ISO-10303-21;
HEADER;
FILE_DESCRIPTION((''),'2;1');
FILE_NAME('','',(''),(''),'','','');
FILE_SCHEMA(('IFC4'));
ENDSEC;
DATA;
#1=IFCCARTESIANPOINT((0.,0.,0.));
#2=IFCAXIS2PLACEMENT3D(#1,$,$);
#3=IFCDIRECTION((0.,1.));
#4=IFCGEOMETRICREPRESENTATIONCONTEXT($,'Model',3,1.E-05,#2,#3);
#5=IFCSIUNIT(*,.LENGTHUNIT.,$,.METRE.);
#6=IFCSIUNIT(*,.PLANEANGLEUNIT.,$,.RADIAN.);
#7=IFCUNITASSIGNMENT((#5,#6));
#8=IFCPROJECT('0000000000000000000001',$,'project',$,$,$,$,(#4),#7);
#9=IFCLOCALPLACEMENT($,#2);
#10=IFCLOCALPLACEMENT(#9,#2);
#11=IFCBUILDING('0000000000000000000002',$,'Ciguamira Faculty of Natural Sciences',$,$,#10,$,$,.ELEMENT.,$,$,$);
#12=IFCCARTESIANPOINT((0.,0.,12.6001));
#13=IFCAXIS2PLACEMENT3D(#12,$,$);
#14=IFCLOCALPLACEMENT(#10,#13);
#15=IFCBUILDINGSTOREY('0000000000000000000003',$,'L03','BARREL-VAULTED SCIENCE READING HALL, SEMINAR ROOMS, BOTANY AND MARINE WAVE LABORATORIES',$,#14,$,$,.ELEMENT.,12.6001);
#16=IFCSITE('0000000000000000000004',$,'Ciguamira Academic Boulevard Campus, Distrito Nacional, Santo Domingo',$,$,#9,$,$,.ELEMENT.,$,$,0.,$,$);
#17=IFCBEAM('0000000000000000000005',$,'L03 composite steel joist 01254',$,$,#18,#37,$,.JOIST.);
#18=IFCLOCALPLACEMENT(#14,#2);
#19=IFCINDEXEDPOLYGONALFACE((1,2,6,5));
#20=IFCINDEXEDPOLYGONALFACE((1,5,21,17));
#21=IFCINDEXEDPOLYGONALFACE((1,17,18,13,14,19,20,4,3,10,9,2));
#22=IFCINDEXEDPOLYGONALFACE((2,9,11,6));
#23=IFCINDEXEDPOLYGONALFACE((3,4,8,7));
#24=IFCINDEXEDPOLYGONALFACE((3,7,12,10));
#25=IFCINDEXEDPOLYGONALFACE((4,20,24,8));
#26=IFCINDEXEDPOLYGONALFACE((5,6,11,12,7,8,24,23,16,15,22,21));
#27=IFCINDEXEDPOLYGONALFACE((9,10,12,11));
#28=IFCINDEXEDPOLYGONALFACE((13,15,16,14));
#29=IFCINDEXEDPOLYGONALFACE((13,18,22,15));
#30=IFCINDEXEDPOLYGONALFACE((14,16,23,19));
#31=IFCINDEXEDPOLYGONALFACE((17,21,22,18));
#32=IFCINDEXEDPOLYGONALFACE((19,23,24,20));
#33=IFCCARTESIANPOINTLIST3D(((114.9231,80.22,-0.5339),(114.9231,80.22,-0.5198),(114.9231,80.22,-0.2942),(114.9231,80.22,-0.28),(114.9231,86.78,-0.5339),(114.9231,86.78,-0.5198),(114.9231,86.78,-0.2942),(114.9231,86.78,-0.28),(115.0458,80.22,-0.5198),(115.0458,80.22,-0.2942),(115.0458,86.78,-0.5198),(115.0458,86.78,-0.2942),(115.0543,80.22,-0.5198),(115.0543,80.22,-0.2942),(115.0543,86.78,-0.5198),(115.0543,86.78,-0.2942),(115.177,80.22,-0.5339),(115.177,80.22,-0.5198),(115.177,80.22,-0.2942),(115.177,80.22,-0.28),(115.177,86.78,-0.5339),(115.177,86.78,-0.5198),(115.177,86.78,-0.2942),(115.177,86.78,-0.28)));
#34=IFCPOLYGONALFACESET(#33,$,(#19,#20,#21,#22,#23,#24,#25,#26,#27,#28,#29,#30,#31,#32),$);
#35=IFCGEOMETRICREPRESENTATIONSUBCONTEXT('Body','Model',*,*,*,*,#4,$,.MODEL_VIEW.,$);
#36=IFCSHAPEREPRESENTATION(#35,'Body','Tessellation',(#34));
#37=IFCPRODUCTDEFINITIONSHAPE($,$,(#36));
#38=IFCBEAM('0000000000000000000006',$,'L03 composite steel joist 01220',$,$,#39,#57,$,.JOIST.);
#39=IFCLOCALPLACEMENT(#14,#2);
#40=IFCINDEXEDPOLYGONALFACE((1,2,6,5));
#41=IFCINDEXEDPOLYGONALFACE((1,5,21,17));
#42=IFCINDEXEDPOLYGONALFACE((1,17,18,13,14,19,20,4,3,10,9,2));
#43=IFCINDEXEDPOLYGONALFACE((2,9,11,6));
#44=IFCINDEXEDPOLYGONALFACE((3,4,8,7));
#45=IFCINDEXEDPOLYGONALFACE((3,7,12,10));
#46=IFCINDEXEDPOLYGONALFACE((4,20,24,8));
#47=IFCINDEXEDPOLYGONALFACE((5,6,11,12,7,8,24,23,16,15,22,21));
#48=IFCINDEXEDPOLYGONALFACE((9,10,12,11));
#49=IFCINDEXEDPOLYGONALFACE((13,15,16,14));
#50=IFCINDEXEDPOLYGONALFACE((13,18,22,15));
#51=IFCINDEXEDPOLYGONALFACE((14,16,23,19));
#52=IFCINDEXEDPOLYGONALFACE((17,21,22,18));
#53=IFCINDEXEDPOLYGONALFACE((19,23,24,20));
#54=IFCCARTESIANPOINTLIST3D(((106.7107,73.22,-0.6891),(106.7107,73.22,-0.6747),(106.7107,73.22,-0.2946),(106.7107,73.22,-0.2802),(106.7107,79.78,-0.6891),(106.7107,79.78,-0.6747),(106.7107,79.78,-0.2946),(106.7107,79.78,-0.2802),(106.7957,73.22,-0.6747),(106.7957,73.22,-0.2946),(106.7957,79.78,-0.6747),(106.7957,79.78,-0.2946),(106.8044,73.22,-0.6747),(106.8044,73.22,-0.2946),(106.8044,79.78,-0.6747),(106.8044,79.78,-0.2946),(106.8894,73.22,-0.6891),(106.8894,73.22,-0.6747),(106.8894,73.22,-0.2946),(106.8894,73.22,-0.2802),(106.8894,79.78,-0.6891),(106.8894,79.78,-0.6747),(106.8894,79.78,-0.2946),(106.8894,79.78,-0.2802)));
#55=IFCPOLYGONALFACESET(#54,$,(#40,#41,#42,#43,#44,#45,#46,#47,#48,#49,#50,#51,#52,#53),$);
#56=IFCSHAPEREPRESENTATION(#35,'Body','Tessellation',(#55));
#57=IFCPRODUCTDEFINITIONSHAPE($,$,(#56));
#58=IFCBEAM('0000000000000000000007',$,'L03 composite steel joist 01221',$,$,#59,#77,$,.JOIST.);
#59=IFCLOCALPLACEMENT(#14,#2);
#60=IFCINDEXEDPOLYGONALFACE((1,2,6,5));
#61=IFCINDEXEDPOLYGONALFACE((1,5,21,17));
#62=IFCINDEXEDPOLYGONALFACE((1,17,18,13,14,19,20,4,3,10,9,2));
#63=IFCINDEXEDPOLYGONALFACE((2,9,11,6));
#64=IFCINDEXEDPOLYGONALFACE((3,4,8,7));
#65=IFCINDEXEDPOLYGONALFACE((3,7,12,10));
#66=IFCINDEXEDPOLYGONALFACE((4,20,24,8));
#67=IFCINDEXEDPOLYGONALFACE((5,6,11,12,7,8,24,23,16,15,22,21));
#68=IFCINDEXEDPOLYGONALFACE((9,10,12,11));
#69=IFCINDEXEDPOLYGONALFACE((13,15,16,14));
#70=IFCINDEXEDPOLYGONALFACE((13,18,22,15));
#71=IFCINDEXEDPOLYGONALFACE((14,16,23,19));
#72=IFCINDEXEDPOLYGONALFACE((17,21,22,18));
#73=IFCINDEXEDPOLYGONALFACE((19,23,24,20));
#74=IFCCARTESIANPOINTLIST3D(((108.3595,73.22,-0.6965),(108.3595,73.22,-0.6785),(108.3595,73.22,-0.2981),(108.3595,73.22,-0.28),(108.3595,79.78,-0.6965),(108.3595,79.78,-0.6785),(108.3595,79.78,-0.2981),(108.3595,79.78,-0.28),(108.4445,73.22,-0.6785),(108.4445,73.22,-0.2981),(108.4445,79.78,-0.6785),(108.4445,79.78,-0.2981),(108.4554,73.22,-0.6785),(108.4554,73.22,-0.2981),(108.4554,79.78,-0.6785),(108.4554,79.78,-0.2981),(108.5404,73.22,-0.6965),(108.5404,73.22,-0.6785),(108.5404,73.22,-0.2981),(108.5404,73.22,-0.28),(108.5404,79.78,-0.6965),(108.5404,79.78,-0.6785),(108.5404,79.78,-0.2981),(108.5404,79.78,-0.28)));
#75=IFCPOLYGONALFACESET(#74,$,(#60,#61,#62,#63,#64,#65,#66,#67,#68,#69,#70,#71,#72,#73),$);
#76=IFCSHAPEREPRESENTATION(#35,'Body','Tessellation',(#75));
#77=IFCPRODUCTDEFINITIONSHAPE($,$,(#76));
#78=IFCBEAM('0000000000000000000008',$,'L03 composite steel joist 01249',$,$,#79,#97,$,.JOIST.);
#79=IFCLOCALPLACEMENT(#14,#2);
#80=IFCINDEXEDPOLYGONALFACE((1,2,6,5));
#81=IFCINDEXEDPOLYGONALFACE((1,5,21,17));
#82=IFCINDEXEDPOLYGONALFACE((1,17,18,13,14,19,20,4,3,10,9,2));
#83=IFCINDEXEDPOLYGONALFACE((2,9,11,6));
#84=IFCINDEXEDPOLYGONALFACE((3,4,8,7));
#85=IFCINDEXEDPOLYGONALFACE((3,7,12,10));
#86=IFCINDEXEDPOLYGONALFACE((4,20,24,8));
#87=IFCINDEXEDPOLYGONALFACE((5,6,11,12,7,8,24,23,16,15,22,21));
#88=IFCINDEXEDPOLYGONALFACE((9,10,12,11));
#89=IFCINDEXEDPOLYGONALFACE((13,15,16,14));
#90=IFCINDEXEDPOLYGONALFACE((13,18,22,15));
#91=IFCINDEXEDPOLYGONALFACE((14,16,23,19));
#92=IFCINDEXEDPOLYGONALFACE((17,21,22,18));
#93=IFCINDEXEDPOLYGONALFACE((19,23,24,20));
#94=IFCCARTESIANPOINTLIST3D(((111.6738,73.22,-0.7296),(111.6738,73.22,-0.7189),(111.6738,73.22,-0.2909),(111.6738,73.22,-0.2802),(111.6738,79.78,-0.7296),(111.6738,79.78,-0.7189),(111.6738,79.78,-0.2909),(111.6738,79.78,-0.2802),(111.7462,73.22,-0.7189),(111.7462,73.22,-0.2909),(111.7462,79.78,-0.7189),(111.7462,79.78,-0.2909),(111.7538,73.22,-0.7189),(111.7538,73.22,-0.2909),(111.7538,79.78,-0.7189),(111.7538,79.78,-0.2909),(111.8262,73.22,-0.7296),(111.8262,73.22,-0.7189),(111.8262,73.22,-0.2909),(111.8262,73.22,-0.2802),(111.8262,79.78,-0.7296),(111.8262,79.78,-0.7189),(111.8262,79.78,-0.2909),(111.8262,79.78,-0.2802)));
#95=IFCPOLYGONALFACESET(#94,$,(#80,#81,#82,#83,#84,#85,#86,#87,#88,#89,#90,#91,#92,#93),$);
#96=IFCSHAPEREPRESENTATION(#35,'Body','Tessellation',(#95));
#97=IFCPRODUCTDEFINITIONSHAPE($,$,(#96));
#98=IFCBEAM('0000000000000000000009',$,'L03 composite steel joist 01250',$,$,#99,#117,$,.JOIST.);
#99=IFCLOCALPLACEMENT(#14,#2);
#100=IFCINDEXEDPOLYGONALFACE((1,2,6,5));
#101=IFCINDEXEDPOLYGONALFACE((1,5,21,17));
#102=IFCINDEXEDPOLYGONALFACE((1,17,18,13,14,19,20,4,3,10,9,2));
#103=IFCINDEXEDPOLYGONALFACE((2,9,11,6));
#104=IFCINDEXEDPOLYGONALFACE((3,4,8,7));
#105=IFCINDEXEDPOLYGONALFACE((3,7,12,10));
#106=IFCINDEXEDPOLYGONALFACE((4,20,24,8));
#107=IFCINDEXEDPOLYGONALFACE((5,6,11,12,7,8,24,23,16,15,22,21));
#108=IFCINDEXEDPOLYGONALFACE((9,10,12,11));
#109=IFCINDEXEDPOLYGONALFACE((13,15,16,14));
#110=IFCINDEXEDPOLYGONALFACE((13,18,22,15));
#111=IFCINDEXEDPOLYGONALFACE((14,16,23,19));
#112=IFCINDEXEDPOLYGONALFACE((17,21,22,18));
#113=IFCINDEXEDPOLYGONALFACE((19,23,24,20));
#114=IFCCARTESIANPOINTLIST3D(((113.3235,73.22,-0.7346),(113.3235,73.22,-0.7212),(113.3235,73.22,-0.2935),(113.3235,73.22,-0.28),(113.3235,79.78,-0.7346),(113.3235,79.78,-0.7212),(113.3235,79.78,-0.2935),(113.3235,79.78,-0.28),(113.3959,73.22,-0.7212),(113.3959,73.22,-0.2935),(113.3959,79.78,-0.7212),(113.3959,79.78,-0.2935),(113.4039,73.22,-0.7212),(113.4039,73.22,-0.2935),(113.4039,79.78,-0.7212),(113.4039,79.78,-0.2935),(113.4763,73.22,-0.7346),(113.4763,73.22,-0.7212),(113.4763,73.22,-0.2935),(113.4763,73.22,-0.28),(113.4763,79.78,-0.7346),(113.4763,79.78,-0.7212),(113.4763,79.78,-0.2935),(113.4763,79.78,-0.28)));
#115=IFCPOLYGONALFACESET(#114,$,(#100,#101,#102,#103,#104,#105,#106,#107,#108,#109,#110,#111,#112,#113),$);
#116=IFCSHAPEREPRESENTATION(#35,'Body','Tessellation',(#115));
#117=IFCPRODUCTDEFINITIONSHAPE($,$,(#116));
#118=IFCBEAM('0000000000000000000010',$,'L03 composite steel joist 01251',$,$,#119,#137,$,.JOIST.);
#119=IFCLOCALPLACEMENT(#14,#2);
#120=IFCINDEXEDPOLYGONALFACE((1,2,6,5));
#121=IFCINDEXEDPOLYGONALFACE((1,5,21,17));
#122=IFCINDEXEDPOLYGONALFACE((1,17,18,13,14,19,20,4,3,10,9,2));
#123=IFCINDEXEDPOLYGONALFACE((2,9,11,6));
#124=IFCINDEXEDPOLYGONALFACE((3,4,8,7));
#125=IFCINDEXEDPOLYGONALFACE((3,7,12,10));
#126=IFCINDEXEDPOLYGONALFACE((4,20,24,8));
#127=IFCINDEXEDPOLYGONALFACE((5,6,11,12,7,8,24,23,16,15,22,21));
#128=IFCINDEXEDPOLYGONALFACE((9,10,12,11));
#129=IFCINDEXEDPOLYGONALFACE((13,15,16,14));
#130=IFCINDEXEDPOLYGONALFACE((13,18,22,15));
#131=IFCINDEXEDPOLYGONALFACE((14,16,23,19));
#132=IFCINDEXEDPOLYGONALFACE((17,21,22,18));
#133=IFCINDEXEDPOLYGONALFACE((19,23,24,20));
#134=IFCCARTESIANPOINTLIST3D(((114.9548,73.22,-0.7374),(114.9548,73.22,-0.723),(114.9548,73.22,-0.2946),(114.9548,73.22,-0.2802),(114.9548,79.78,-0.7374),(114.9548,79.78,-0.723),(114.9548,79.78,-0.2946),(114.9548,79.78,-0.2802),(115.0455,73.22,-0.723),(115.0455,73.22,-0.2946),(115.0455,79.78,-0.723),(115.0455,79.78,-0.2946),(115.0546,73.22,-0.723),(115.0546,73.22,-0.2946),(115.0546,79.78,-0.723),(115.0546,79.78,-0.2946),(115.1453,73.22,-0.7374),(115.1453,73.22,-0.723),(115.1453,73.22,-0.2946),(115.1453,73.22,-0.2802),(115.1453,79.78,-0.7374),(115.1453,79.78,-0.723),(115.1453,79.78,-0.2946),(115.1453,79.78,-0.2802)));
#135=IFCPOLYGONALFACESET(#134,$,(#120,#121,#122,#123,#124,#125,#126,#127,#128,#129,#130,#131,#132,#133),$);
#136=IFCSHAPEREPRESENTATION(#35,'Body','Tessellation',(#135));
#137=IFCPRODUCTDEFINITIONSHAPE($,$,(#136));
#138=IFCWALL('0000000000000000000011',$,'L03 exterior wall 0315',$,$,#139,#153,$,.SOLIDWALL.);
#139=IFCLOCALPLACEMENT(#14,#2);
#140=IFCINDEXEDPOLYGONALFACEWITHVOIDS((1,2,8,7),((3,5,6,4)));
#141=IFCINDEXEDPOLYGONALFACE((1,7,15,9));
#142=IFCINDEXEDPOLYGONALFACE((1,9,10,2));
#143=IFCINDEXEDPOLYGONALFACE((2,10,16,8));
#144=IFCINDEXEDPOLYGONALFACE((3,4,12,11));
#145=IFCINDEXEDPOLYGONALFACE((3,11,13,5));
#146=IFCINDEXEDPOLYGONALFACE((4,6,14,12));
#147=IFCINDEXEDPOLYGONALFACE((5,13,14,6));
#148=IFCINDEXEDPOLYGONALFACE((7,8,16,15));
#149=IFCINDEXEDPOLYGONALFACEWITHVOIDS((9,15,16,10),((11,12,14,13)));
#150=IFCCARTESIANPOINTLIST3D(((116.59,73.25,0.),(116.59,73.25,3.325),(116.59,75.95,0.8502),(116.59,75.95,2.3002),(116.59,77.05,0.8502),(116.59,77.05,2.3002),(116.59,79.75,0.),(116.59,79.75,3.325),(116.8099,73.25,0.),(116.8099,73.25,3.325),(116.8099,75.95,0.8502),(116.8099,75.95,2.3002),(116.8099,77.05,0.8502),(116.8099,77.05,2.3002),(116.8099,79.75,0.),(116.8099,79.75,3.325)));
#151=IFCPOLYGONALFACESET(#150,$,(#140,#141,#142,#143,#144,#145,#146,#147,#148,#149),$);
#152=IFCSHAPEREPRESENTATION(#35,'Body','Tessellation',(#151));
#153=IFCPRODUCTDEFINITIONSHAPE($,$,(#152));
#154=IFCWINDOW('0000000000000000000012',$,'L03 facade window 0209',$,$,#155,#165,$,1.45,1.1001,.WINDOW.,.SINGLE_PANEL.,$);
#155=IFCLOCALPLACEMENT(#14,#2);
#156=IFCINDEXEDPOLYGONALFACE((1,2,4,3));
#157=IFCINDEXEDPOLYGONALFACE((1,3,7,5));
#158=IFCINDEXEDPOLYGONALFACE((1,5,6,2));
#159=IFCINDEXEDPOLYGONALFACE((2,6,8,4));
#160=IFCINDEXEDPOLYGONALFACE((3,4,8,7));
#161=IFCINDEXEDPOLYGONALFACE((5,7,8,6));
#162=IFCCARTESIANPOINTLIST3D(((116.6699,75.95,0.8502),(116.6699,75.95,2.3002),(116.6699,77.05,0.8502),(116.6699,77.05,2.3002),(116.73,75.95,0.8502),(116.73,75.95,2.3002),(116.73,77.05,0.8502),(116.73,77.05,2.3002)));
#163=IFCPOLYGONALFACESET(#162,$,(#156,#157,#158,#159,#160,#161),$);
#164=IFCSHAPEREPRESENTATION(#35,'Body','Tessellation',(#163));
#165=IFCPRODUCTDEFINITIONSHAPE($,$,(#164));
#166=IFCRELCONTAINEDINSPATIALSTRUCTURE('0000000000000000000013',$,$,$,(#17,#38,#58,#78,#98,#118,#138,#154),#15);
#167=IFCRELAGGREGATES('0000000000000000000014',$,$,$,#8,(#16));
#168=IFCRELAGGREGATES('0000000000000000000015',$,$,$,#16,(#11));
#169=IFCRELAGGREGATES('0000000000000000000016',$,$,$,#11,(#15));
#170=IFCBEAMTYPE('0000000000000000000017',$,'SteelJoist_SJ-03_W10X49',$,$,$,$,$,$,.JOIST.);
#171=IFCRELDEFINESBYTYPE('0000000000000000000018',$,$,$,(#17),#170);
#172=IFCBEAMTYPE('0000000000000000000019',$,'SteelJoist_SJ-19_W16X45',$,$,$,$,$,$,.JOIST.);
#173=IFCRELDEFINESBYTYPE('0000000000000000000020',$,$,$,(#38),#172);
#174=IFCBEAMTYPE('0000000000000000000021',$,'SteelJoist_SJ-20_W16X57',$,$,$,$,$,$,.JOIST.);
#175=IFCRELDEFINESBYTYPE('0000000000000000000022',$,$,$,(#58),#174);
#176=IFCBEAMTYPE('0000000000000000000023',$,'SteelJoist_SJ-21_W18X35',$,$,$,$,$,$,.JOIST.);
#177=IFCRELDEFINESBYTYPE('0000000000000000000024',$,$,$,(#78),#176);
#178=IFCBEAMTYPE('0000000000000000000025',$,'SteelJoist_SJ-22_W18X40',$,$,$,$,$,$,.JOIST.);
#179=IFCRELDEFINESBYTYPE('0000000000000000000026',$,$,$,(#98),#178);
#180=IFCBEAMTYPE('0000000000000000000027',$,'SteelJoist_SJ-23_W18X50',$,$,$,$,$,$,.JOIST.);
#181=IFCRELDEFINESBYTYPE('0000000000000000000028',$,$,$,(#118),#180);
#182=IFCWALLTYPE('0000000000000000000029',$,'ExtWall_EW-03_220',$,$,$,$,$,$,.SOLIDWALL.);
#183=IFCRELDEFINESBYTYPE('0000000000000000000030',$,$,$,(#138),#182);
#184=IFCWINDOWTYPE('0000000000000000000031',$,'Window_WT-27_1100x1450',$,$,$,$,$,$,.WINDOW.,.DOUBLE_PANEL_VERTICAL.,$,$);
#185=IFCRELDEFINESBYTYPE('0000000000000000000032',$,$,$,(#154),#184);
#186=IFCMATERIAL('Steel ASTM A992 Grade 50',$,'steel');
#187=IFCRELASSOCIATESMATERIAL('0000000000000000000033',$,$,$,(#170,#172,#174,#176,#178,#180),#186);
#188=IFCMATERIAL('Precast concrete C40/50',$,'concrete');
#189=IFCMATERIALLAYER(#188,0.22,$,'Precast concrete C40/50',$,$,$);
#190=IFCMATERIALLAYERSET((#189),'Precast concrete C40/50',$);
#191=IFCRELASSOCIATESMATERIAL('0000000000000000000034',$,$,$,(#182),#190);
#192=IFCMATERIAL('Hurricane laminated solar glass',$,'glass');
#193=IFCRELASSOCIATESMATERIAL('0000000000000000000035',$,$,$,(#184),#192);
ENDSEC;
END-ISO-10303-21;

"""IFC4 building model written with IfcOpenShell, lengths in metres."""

from ifc_helpers import new_model, si_unit, direction, frame, frame_2d, origin, origin_2d, place, context, subcontext, project, spatial, rectangle, i_section, extrude, material, layer, layer_set, material_profile, profile_set, type_object, element, fill, save


model = new_model("IFC4")

# Units and contexts
model_context = context("Model", 3, precision=1e-05, world=origin(), true_north=direction((0.0, 1.0)))
body_context = subcontext(model_context, "Body", "Model", "MODEL_VIEW")
ifc_project = project(units=[si_unit("LENGTHUNIT", "METRE"), si_unit("PLANEANGLEUNIT", "RADIAN")], contexts=[model_context])

# Site, building, storey
site_placement = place(None, origin())
site = spatial("IfcSite", under=ifc_project, at=site_placement, Name="Ciguamira Academic Boulevard Campus, Distrito Nacional, Santo Domingo", CompositionType="ELEMENT", RefElevation=0.0)
building_placement = place(site_placement, origin())
building = spatial("IfcBuilding", under=site, at=building_placement, Name="Ciguamira Faculty of Natural Sciences", CompositionType="ELEMENT")
storey_placement = place(building_placement, frame((0.0, 0.0, 12.6001)))
storey = spatial("IfcBuildingStorey", under=building, at=storey_placement, Name="L03", Description="BARREL-VAULTED SCIENCE READING HALL, SEMINAR ROOMS, BOTANY AND MARINE WAVE LABORATORIES", CompositionType="ELEMENT", Elevation=12.6001)

# Beams
ifc_material_1 = material(Name="Precast concrete C40/50", Category="concrete")
ifc_material_2 = material(Name="Steel ASTM A992 Grade 50", Category="steel")
ifc_material_profile_1 = material_profile(ifc_material_2, i_section(OverallWidth=0.2539, OverallDepth=0.2539, WebThickness=0.0085, FlangeThickness=0.0142, at=origin_2d()), Name="W10X49")
ifc_profile_set_1 = profile_set([ifc_material_profile_1], Name="Steel ASTM A992 Grade 50")
beam_type_1 = type_object("IfcBeamType", Name="SteelJoist_SJ-03_W10X49", PredefinedType="JOIST", material=ifc_profile_set_1)
beam_1_placement = place(storey_placement, frame((115.05, 80.22, -0.407), z_axis=(0.0, 1.0, 0.0), x_axis=(-1.0, 0.0, 0.0)))
element("IfcBeam", 1, at=beam_1_placement, inside=storey, type_object=beam_type_1, Name="L03 composite steel joist 01254", PredefinedType="JOIST", context=body_context, shape_type="SweptSolid", body=[
    extrude(i_section(OverallWidth=0.2539, OverallDepth=0.2539, WebThickness=0.0085, FlangeThickness=0.0142, at=origin_2d()), origin(), (0.0, 0.0, 1.0), 6.5601),
])
ifc_material_profile_2 = material_profile(ifc_material_2, i_section(OverallWidth=0.1787, OverallDepth=0.4089, WebThickness=0.0088, FlangeThickness=0.0144, at=origin_2d()), Name="W16X45")
ifc_profile_set_2 = profile_set([ifc_material_profile_2], Name="Steel ASTM A992 Grade 50")
beam_type_2 = type_object("IfcBeamType", Name="SteelJoist_SJ-19_W16X45", PredefinedType="JOIST", material=ifc_profile_set_2)
beam_2_placement = place(storey_placement, frame((106.8, 73.22, -0.4846), z_axis=(0.0, 1.0, 0.0), x_axis=(-1.0, 0.0, 0.0)))
element("IfcBeam", 2, at=beam_2_placement, inside=storey, type_object=beam_type_2, Name="L03 composite steel joist 01220", PredefinedType="JOIST", context=body_context, shape_type="SweptSolid", body=[
    extrude(i_section(OverallWidth=0.1787, OverallDepth=0.4089, WebThickness=0.0088, FlangeThickness=0.0144, at=origin_2d()), origin(), (0.0, 0.0, 1.0), 6.5601),
])
ifc_material_profile_3 = material_profile(ifc_material_2, i_section(OverallWidth=0.1809, OverallDepth=0.4165, WebThickness=0.011, FlangeThickness=0.0181, at=origin_2d()), Name="W16X57")
ifc_profile_set_3 = profile_set([ifc_material_profile_3], Name="Steel ASTM A992 Grade 50")
beam_type_3 = type_object("IfcBeamType", Name="SteelJoist_SJ-20_W16X57", PredefinedType="JOIST", material=ifc_profile_set_3)
beam_3_placement = place(storey_placement, frame((108.45, 73.22, -0.4883), z_axis=(0.0, 1.0, 0.0), x_axis=(-1.0, 0.0, 0.0)))
element("IfcBeam", 3, at=beam_3_placement, inside=storey, type_object=beam_type_3, Name="L03 composite steel joist 01221", PredefinedType="JOIST", context=body_context, shape_type="SweptSolid", body=[
    extrude(i_section(OverallWidth=0.1809, OverallDepth=0.4165, WebThickness=0.011, FlangeThickness=0.0181, at=origin_2d()), origin(), (0.0, 0.0, 1.0), 6.5601),
])
ifc_material_profile_4 = material_profile(ifc_material_2, i_section(OverallWidth=0.1523, OverallDepth=0.4495, WebThickness=0.0076, FlangeThickness=0.0107, at=origin_2d()), Name="W18X35")
ifc_profile_set_4 = profile_set([ifc_material_profile_4], Name="Steel ASTM A992 Grade 50")
beam_type_4 = type_object("IfcBeamType", Name="SteelJoist_SJ-21_W18X35", PredefinedType="JOIST", material=ifc_profile_set_4)
beam_4_placement = place(storey_placement, frame((111.75, 73.22, -0.5049), z_axis=(0.0, 1.0, 0.0), x_axis=(-1.0, 0.0, 0.0)))
element("IfcBeam", 4, at=beam_4_placement, inside=storey, type_object=beam_type_4, Name="L03 composite steel joist 01249", PredefinedType="JOIST", context=body_context, shape_type="SweptSolid", body=[
    extrude(i_section(OverallWidth=0.1523, OverallDepth=0.4495, WebThickness=0.0076, FlangeThickness=0.0107, at=origin_2d()), origin(), (0.0, 0.0, 1.0), 6.5601),
])
ifc_material_profile_5 = material_profile(ifc_material_2, i_section(OverallWidth=0.1528, OverallDepth=0.4546, WebThickness=0.0081, FlangeThickness=0.0134, at=origin_2d()), Name="W18X40")
ifc_profile_set_5 = profile_set([ifc_material_profile_5], Name="Steel ASTM A992 Grade 50")
beam_type_5 = type_object("IfcBeamType", Name="SteelJoist_SJ-22_W18X40", PredefinedType="JOIST", material=ifc_profile_set_5)
beam_5_placement = place(storey_placement, frame((113.3999, 73.22, -0.5073), z_axis=(0.0, 1.0, 0.0), x_axis=(-1.0, 0.0, 0.0)))
element("IfcBeam", 5, at=beam_5_placement, inside=storey, type_object=beam_type_5, Name="L03 composite steel joist 01250", PredefinedType="JOIST", context=body_context, shape_type="SweptSolid", body=[
    extrude(i_section(OverallWidth=0.1528, OverallDepth=0.4546, WebThickness=0.0081, FlangeThickness=0.0134, at=origin_2d()), origin(), (0.0, 0.0, 1.0), 6.5601),
])
ifc_material_profile_6 = material_profile(ifc_material_2, i_section(OverallWidth=0.1904, OverallDepth=0.4573, WebThickness=0.009, FlangeThickness=0.0144, at=origin_2d()), Name="W18X50")
ifc_profile_set_6 = profile_set([ifc_material_profile_6], Name="Steel ASTM A992 Grade 50")
beam_type_6 = type_object("IfcBeamType", Name="SteelJoist_SJ-23_W18X50", PredefinedType="JOIST", material=ifc_profile_set_6)
beam_6_placement = place(storey_placement, frame((115.05, 73.22, -0.5088), z_axis=(0.0, 1.0, 0.0), x_axis=(-1.0, 0.0, 0.0)))
element("IfcBeam", 6, at=beam_6_placement, inside=storey, type_object=beam_type_6, Name="L03 composite steel joist 01251", PredefinedType="JOIST", context=body_context, shape_type="SweptSolid", body=[
    extrude(i_section(OverallWidth=0.1904, OverallDepth=0.4573, WebThickness=0.009, FlangeThickness=0.0144, at=origin_2d()), origin(), (0.0, 0.0, 1.0), 6.5601),
])

# Wall, opening, window
ifc_layer_1 = layer(ifc_material_1, 0.22, Name="Precast concrete C40/50")
ifc_layer_set_1 = layer_set([ifc_layer_1], Name="Precast concrete C40/50")
wall_type_1 = type_object("IfcWallType", Name="ExtWall_EW-03_220", PredefinedType="SOLIDWALL", material=ifc_layer_set_1)
wall_1_placement = place(storey_placement, frame((116.7, 73.25, 0.0), z_axis=(0.0, 0.0, 1.0), x_axis=(0.0, 1.0, 0.0)))
wall_1 = element("IfcWall", 7, at=wall_1_placement, inside=storey, type_object=wall_type_1, Name="L03 exterior wall 0315", PredefinedType="SOLIDWALL", context=body_context, shape_type="SweptSolid", body=[
    extrude(rectangle(XDim=6.5, YDim=0.22, at=frame_2d((3.25, 0.0))), origin(), (0.0, 0.0, 1.0), 3.325),
])
opening_1_placement = place(wall_1_placement, frame((2.7, 0.0, 0.8501)))
opening_1 = element("IfcOpeningElement", 8, at=opening_1_placement, cuts=wall_1, PredefinedType="OPENING", context=body_context, shape_type="SweptSolid", body=[
    extrude(rectangle(XDim=1.1001, YDim=1.45, at=frame_2d((0.55, 0.7251))), frame((0.0, 0.1199, 0.0), z_axis=(0.0, -1.0, 0.0), x_axis=(1.0, 0.0, 0.0)), (0.0, 0.0, 1.0), 0.24),
])
ifc_material_3 = material(Name="Hurricane laminated solar glass", Category="glass")
window_type_1 = type_object("IfcWindowType", Name="Window_WT-27_1100x1450", PartitioningType="DOUBLE_PANEL_VERTICAL", PredefinedType="WINDOW", material=ifc_material_3)
window_1_placement = place(opening_1_placement, origin())
window_1 = element("IfcWindow", 9, at=window_1_placement, inside=storey, type_object=window_type_1, Name="L03 facade window 0209", OverallHeight=1.45, OverallWidth=1.1001, PartitioningType="SINGLE_PANEL", PredefinedType="WINDOW", context=body_context, shape_type="SweptSolid", body=[
    extrude(rectangle(XDim=1.1001, YDim=1.45, at=frame_2d((0.55, 0.7251))), frame((0.0, 0.03, 0.0), z_axis=(0.0, -1.0, 0.0), x_axis=(1.0, 0.0, 0.0)), (0.0, 0.0, 1.0), 0.0601),
])
fill(opening_1, window_1)

save(model, "model.ifc")
